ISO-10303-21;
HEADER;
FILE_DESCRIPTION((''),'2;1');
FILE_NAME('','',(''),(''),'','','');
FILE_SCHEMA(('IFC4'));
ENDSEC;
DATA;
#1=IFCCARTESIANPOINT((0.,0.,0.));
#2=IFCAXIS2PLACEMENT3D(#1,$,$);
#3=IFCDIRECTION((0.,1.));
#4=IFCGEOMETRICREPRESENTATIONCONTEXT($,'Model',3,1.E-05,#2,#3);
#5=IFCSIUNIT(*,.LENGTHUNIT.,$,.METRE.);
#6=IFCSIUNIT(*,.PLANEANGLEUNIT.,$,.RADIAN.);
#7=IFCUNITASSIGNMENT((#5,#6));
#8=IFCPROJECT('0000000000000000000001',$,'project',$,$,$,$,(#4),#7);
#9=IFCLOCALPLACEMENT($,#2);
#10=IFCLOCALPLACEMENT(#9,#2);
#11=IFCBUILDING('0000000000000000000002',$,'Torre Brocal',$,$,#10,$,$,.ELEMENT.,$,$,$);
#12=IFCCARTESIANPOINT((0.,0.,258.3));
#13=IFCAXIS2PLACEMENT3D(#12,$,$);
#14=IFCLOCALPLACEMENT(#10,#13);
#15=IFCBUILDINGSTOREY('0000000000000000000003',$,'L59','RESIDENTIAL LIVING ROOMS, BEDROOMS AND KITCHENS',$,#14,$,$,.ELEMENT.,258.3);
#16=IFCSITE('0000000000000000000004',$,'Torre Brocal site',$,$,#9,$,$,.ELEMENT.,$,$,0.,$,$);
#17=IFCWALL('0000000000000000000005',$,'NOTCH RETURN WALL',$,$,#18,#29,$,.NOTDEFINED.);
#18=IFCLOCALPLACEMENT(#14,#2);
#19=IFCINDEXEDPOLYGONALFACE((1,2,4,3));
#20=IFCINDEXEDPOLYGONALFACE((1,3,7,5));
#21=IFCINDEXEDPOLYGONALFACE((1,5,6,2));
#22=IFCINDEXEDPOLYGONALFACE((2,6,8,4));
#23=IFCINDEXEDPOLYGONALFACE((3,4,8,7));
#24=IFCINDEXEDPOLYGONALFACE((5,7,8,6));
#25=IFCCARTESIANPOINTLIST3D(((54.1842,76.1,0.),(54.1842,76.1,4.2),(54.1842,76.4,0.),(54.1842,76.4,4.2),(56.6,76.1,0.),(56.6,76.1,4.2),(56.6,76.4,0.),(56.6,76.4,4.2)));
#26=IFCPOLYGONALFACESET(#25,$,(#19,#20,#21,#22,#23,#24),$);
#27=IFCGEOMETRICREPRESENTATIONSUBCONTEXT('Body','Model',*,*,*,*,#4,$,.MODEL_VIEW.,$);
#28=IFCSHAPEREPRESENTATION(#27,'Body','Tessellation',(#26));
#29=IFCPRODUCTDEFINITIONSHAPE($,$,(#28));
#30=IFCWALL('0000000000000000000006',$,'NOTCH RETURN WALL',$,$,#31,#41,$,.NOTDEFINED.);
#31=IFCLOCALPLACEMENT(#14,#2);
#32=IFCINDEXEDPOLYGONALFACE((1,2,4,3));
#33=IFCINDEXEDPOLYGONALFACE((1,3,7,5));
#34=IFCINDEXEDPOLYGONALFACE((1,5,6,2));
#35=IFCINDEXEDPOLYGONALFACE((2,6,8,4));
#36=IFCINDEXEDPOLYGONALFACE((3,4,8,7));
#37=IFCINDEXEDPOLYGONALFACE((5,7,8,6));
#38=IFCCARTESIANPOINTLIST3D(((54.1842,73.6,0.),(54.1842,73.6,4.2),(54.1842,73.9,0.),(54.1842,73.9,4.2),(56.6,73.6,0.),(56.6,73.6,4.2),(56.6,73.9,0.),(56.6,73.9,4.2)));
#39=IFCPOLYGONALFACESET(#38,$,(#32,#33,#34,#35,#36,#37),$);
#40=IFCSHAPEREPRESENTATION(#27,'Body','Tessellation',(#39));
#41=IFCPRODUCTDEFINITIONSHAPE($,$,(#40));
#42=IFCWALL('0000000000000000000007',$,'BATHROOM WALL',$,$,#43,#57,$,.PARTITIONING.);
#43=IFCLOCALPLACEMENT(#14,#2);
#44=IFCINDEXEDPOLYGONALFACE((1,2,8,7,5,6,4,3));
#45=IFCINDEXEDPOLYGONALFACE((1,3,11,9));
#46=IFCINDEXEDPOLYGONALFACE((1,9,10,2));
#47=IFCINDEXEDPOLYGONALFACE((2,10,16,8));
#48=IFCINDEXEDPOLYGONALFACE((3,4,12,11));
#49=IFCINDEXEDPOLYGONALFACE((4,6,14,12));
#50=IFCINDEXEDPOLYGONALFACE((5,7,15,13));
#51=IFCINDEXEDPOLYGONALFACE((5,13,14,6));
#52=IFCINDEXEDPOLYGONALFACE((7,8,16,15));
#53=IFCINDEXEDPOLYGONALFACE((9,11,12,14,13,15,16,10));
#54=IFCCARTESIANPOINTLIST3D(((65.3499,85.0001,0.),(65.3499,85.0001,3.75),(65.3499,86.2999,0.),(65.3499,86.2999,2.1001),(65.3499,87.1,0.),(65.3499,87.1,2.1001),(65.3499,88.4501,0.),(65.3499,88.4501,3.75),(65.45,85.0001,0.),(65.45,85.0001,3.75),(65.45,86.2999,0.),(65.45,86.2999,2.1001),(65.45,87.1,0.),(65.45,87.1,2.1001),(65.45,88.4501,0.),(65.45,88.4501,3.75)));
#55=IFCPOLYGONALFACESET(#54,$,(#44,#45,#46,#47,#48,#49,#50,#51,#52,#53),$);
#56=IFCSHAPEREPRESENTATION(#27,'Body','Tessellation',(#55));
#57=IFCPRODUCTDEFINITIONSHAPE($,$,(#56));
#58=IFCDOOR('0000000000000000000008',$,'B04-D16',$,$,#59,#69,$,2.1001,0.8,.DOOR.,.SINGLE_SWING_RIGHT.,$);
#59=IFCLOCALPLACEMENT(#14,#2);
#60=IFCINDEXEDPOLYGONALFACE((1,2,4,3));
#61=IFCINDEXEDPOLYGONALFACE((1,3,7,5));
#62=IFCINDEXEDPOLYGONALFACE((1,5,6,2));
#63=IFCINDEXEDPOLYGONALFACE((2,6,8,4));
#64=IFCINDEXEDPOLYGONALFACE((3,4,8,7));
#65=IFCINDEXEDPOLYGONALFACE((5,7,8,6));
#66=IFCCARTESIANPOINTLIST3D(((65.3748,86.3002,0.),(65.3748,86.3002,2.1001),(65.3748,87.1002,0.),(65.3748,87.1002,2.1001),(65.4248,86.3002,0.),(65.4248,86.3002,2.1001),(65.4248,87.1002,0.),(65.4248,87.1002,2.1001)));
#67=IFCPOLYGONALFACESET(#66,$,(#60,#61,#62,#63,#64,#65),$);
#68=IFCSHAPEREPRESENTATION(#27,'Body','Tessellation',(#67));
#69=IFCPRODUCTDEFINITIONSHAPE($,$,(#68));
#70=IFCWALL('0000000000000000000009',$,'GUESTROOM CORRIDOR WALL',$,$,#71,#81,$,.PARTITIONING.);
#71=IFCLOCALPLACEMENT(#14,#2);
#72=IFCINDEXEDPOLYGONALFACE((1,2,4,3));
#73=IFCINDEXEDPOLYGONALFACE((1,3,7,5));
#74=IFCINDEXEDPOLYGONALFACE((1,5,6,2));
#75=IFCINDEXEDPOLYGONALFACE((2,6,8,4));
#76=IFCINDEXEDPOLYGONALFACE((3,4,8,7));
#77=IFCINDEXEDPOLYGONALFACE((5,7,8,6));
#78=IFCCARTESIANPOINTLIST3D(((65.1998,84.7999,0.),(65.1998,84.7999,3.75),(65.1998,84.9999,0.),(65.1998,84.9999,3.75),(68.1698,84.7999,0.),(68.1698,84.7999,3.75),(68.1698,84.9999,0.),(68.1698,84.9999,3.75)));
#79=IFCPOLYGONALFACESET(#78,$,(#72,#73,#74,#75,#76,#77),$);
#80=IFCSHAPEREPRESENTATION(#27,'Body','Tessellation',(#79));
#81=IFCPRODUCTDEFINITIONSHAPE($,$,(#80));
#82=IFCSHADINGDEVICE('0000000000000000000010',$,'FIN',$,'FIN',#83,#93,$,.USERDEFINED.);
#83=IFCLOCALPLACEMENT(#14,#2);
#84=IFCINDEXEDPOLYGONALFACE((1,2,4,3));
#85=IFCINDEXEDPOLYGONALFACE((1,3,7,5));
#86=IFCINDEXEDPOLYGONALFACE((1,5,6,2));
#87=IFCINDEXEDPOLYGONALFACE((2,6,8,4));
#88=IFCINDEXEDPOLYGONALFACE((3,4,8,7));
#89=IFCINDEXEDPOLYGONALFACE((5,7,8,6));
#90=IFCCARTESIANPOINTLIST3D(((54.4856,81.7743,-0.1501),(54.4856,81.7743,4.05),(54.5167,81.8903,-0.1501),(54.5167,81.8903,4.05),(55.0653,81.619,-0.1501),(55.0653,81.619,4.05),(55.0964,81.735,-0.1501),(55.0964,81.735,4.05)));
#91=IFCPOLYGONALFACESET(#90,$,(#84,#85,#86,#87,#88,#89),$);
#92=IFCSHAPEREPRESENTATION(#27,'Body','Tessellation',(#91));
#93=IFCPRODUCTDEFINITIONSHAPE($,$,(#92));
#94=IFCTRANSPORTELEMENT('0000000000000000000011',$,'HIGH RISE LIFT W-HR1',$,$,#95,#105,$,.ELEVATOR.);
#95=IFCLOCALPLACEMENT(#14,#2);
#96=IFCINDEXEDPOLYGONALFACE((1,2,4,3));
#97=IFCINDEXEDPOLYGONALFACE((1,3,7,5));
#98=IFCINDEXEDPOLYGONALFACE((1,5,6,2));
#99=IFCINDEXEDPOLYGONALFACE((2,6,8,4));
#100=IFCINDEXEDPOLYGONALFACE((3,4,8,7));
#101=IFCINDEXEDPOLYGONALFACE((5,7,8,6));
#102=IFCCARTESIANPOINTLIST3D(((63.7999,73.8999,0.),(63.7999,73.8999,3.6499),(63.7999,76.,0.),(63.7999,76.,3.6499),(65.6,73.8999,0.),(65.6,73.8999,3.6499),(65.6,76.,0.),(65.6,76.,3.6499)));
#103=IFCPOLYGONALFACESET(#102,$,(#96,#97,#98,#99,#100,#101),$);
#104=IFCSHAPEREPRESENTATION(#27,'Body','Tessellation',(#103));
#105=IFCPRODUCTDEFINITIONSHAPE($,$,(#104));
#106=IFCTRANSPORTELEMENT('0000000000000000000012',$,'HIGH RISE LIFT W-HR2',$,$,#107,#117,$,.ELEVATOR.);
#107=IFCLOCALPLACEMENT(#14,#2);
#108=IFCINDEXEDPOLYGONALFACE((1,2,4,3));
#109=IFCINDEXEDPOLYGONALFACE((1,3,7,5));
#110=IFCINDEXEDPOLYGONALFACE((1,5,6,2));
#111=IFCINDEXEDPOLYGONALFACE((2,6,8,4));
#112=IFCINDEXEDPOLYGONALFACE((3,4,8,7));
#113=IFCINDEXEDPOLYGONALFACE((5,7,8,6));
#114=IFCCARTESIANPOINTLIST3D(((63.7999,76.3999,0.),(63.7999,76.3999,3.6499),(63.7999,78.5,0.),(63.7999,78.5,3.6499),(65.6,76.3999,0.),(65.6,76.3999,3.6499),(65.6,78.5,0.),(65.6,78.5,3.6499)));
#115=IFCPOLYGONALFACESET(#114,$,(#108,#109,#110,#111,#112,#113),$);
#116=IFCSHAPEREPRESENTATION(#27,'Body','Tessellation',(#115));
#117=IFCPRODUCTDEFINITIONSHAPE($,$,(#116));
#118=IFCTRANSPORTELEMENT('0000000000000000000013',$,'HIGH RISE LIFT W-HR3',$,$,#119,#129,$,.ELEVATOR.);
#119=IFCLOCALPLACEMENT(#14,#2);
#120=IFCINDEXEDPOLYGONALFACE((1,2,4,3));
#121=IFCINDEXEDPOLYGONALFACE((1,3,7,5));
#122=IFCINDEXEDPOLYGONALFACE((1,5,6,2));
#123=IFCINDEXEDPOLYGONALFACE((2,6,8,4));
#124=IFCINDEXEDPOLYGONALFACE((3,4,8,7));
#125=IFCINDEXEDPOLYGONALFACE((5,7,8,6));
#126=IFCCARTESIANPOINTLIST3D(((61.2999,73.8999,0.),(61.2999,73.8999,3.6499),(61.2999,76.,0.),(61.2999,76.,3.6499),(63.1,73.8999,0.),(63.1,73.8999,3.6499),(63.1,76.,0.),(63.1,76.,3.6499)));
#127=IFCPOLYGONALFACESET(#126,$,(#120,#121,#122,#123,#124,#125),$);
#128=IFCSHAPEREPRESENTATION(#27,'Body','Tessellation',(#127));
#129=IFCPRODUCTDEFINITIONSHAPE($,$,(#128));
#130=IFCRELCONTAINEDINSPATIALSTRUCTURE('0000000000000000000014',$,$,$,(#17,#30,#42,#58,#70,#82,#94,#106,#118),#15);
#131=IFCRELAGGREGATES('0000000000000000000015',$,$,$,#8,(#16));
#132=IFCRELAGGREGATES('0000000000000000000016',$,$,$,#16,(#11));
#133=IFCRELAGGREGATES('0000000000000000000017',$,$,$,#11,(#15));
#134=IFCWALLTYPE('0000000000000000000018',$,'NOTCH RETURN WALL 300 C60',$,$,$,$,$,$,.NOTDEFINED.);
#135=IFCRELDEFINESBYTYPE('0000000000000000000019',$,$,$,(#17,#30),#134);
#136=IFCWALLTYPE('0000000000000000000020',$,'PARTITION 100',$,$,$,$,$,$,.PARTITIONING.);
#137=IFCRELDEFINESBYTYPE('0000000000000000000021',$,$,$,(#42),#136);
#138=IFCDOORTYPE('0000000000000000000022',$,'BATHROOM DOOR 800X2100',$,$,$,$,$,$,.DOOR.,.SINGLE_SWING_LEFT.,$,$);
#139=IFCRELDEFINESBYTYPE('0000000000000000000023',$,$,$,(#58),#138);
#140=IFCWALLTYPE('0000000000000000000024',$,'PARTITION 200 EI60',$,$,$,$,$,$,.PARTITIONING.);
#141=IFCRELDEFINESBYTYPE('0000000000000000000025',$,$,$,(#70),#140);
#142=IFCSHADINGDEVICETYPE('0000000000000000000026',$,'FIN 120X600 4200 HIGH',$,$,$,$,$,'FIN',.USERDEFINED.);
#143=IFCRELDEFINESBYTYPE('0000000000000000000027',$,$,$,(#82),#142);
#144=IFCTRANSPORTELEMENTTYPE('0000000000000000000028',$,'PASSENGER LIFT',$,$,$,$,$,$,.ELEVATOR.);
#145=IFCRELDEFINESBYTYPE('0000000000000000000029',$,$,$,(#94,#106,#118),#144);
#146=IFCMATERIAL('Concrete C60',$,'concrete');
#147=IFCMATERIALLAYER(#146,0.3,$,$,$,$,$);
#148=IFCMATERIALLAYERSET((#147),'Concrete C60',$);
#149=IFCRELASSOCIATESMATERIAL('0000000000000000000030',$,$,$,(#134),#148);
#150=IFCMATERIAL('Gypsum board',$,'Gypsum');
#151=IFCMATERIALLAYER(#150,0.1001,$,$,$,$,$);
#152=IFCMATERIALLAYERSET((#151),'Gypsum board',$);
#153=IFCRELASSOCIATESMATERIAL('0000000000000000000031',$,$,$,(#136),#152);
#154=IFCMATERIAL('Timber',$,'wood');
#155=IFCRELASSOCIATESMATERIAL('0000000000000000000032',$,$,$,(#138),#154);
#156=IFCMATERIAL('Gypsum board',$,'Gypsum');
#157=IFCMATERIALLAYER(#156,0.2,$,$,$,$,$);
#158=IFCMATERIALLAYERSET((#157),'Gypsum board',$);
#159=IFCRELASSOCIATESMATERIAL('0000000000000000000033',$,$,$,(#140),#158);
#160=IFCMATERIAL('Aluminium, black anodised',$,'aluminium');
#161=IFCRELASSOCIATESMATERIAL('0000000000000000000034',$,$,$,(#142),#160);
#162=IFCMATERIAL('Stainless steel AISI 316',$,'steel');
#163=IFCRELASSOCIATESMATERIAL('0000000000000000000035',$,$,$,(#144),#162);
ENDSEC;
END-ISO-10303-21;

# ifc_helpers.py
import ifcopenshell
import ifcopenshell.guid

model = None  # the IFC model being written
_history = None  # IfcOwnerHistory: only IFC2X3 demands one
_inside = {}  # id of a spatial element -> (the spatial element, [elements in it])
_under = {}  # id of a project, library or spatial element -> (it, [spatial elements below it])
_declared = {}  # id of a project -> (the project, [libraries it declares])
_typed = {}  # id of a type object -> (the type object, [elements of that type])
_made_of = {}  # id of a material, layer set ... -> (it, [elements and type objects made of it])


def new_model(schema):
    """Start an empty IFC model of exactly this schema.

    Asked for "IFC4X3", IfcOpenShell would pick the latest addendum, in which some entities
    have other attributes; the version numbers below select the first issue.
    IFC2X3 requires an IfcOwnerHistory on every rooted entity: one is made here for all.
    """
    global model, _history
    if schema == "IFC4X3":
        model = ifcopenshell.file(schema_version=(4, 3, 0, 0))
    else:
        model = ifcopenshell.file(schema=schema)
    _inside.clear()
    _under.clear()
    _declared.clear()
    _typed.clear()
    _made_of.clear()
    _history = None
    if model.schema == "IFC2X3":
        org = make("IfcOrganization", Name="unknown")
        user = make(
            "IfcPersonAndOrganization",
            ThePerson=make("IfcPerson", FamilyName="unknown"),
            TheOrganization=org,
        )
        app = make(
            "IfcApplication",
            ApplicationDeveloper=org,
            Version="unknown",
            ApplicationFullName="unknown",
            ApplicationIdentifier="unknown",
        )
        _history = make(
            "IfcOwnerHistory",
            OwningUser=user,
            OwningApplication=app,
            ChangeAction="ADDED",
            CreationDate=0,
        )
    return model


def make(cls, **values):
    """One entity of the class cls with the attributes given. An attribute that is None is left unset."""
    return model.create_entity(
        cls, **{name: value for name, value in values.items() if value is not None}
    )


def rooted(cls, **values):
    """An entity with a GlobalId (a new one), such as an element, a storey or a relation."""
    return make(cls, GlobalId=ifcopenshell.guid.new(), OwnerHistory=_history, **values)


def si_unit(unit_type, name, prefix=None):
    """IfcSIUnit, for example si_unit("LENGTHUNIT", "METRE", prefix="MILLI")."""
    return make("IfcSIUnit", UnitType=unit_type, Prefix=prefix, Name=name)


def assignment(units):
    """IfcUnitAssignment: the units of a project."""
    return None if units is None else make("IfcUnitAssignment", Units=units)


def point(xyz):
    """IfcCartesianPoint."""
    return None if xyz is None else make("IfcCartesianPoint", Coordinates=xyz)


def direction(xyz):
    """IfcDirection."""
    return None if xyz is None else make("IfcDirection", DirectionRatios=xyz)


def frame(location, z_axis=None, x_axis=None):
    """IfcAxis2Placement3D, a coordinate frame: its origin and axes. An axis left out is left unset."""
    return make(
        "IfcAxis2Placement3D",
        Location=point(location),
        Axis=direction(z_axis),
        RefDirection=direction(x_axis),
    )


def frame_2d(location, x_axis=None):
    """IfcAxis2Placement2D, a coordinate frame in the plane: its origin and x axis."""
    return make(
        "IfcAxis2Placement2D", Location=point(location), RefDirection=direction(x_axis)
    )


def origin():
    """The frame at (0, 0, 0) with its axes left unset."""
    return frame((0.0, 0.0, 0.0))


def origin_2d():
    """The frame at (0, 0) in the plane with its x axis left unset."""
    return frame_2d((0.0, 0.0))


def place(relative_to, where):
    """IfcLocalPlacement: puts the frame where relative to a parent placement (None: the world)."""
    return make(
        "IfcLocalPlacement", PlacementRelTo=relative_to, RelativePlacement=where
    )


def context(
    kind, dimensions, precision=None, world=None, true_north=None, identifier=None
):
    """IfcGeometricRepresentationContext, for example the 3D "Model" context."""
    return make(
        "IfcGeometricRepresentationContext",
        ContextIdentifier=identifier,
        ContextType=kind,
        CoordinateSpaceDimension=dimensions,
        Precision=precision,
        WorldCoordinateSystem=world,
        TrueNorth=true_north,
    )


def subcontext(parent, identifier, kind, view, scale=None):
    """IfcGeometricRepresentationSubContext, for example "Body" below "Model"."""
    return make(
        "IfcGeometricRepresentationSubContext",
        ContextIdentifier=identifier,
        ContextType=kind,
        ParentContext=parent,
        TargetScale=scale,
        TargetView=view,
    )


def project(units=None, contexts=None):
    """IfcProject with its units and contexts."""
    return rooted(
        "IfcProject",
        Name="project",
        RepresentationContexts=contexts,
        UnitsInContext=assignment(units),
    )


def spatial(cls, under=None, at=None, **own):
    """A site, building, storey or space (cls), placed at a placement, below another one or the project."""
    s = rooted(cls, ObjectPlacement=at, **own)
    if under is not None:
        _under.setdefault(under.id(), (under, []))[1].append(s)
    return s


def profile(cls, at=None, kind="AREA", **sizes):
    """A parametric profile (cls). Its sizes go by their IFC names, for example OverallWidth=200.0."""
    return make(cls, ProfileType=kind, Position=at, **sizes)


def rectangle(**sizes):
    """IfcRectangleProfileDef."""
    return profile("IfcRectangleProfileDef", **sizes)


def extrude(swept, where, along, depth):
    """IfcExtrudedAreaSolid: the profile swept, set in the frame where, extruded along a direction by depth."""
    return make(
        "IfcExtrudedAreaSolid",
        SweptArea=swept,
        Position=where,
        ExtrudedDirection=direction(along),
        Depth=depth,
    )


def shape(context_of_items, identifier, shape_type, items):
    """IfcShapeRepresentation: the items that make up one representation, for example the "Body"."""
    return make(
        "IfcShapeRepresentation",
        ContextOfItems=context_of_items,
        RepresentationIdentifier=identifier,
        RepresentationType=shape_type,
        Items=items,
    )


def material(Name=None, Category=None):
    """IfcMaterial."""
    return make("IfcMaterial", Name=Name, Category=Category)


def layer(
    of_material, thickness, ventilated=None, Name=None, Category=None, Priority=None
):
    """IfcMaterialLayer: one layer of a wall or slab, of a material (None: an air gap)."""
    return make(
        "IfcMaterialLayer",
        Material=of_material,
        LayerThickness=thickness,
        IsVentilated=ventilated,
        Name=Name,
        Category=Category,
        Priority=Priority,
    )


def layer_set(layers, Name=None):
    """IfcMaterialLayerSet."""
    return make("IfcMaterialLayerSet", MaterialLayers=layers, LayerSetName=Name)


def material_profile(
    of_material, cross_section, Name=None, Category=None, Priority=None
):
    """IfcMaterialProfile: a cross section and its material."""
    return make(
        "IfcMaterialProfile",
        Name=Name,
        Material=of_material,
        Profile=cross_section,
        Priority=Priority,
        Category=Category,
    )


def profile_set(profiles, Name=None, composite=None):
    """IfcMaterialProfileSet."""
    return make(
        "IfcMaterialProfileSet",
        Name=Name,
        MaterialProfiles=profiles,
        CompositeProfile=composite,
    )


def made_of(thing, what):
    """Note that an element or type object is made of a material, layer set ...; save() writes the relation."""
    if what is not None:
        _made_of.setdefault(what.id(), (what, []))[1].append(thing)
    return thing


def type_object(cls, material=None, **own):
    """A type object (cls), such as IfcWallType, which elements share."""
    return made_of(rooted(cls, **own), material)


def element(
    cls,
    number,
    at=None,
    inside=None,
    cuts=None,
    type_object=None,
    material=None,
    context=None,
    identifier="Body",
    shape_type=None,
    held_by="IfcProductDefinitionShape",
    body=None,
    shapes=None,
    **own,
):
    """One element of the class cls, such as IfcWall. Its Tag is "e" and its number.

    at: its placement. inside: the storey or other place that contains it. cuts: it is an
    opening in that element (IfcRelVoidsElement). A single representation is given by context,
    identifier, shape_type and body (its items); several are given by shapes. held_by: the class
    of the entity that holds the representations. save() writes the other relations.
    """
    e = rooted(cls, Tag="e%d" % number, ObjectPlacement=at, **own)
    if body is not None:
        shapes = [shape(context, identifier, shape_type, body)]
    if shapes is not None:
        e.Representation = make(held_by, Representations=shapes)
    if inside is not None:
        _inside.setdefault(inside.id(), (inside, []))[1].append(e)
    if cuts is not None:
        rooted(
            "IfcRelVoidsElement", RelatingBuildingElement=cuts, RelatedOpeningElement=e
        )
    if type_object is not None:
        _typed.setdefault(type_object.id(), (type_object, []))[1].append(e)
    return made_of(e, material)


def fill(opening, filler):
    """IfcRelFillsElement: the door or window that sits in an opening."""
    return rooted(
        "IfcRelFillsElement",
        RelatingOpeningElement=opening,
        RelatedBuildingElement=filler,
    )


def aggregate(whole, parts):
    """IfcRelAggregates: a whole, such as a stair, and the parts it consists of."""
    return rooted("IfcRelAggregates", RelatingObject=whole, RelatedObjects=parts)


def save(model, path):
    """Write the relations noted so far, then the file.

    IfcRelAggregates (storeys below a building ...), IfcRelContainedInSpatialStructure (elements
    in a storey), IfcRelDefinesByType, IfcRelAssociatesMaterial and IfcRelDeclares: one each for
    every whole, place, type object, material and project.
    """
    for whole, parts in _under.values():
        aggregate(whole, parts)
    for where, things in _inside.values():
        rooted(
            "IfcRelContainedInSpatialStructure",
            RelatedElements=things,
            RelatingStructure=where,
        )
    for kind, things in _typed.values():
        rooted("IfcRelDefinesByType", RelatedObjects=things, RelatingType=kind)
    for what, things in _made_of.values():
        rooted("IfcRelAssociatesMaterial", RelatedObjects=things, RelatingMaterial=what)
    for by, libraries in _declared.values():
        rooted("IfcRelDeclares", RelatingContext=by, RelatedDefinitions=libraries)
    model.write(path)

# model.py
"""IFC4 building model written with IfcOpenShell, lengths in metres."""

from ifc_helpers import new_model, si_unit, direction, frame, frame_2d, origin, origin_2d, place, context, subcontext, project, spatial, rectangle, extrude, material, layer, layer_set, material_profile, profile_set, type_object, element, fill, save


model = new_model("IFC4")

# Units and contexts
model_context = context("Model", 3, precision=1e-05, world=origin(), true_north=direction((0.0, 1.0)))
body_context = subcontext(model_context, "Body", "Model", "MODEL_VIEW")
ifc_project = project(units=[si_unit("LENGTHUNIT", "METRE"), si_unit("PLANEANGLEUNIT", "RADIAN")], contexts=[model_context])

# Site, building, storey
site_placement = place(None, origin())
site = spatial("IfcSite", under=ifc_project, at=site_placement, Name="Torre Brocal site", CompositionType="ELEMENT", RefElevation=0.0)
building_placement = place(site_placement, origin())
building = spatial("IfcBuilding", under=site, at=building_placement, Name="Torre Brocal", CompositionType="ELEMENT")
storey_placement = place(building_placement, frame((0.0, 0.0, 258.3)))
storey = spatial("IfcBuildingStorey", under=building, at=storey_placement, Name="L59", Description="RESIDENTIAL LIVING ROOMS, BEDROOMS AND KITCHENS", CompositionType="ELEMENT", Elevation=258.3)

# Walls
ifc_material_1 = material(Name="Concrete C60", Category="concrete")
ifc_layer_1 = layer(ifc_material_1, 0.3)
ifc_layer_set_1 = layer_set([ifc_layer_1], Name="Concrete C60")
wall_type_1 = type_object("IfcWallType", Name="NOTCH RETURN WALL 300 C60", PredefinedType="NOTDEFINED", material=ifc_layer_set_1)
for number, where, z_axis, x_axis, name in (
    (1, (56.6001, 76.25, 0.0), (0.0, 0.0, 1.0), (-1.0, 0.0, 0.0), "NOTCH RETURN WALL"),
    (2, (56.6001, 73.75, 0.0), (0.0, 0.0, 1.0), (-1.0, 0.0, 0.0), "NOTCH RETURN WALL"),
):
    element("IfcWall", number, at=place(storey_placement, frame(where, z_axis=z_axis, x_axis=x_axis)), inside=storey, type_object=wall_type_1, Name=name, PredefinedType="NOTDEFINED", context=body_context, shape_type="SweptSolid", body=[
        extrude(rectangle(XDim=2.4158, YDim=0.3, at=frame_2d((1.208, 0.0))), origin(), (0.0, 0.0, 1.0), 4.2),
    ])

# Wall, opening, door
ifc_material_2 = material(Name="Gypsum board", Category="Gypsum")
ifc_layer_2 = layer(ifc_material_2, 0.1001)
ifc_layer_set_2 = layer_set([ifc_layer_2], Name="Gypsum board")
wall_type_2 = type_object("IfcWallType", Name="PARTITION 100", PredefinedType="PARTITIONING", material=ifc_layer_set_2)
wall_1_placement = place(storey_placement, frame((65.3999, 85.0, 0.0), z_axis=(0.0, 0.0, 1.0), x_axis=(0.0, 1.0, 0.0)))
wall_1 = element("IfcWall", 3, at=wall_1_placement, inside=storey, type_object=wall_type_2, Name="BATHROOM WALL", PredefinedType="PARTITIONING", context=body_context, shape_type="SweptSolid", body=[
    extrude(rectangle(XDim=3.45, YDim=0.1001, at=frame_2d((1.7251, 0.0))), origin(), (0.0, 0.0, 1.0), 3.75),
])
opening_placement = place(wall_1_placement, frame((1.3, 0.0, 0.0)))
opening = element("IfcOpeningElement", 4, at=opening_placement, cuts=wall_1, PredefinedType="OPENING", context=body_context, shape_type="SweptSolid", body=[
    extrude(rectangle(XDim=0.8, YDim=2.1001, at=frame_2d((0.3999, 1.05))), frame((0.0, 0.0601, 0.0), z_axis=(0.0, -1.0, 0.0), x_axis=(1.0, 0.0, 0.0)), (0.0, 0.0, 1.0), 0.1201),
])
ifc_material_3 = material(Name="Timber", Category="wood")
door_type = type_object("IfcDoorType", Name="BATHROOM DOOR 800X2100", OperationType="SINGLE_SWING_LEFT", PredefinedType="DOOR", material=ifc_material_3)
door_placement = place(opening_placement, frame((0.8, 0.0, 0.0), z_axis=(0.0, 0.0, 1.0), x_axis=(-1.0, 0.0, 0.0)))
door = element("IfcDoor", 5, at=door_placement, inside=storey, type_object=door_type, Name="B04-D16", OperationType="SINGLE_SWING_RIGHT", OverallHeight=2.1001, OverallWidth=0.8, PredefinedType="DOOR", context=body_context, shape_type="SweptSolid", body=[
    extrude(rectangle(XDim=0.8, YDim=2.1001, at=frame_2d((0.3999, 1.05))), frame((0.0, 0.0249, 0.0), z_axis=(0.0, -1.0, 0.0), x_axis=(1.0, 0.0, 0.0)), (0.0, 0.0, 1.0), 0.05),
])
fill(opening, door)

# Wall
ifc_material_4 = material(Name="Gypsum board", Category="Gypsum")
ifc_layer_3 = layer(ifc_material_4, 0.2)
ifc_layer_set_3 = layer_set([ifc_layer_3], Name="Gypsum board")
wall_type_3 = type_object("IfcWallType", Name="PARTITION 200 EI60", PredefinedType="PARTITIONING", material=ifc_layer_set_3)
wall_2_placement = place(storey_placement, frame((65.2, 84.8999, 0.0), z_axis=(0.0, 0.0, 1.0), x_axis=(1.0, 0.0, 0.0)))
element("IfcWall", 6, at=wall_2_placement, inside=storey, type_object=wall_type_3, Name="GUESTROOM CORRIDOR WALL", PredefinedType="PARTITIONING", context=body_context, shape_type="SweptSolid", body=[
    extrude(rectangle(XDim=2.97, YDim=0.2, at=frame_2d((1.4849, 0.0))), origin(), (0.0, 0.0, 1.0), 3.75),
])

# Shading device
ifc_material_5 = material(Name="Aluminium, black anodised", Category="aluminium")
ifc_material_profile_1 = material_profile(ifc_material_5, rectangle(XDim=0.1201, YDim=0.6001, at=origin_2d()), Name="FIN 120X600 4200 HIGH")
ifc_profile_set_1 = profile_set([ifc_material_profile_1], Name="Aluminium, black anodised")
shading_device_type = type_object("IfcShadingDeviceType", Name="FIN 120X600 4200 HIGH", ElementType="FIN", PredefinedType="USERDEFINED", material=ifc_profile_set_1)
shading_device_placement = place(storey_placement, frame((54.791, 81.7546, -0.1501), z_axis=(0.0, 0.0, 1.0), x_axis=(-0.258819, -0.965926, 0.0)))
element("IfcShadingDevice", 7, at=shading_device_placement, inside=storey, type_object=shading_device_type, Name="FIN", ObjectType="FIN", PredefinedType="USERDEFINED", context=body_context, shape_type="SweptSolid", body=[
    extrude(rectangle(XDim=0.1201, YDim=0.6001, at=origin_2d()), origin(), (0.0, 0.0, 1.0), 4.2002),
])

# Transport elements
ifc_material_6 = material(Name="Stainless steel AISI 316", Category="steel")
transport_element_type = type_object("IfcTransportElementType", Name="PASSENGER LIFT", PredefinedType="ELEVATOR", material=ifc_material_6)
for number, where, z_axis, x_axis, name in (
    (8, (64.7, 74.95, 0.0), (0.0, 0.0, 1.0), (1.0, 0.0, 0.0), "HIGH RISE LIFT W-HR1"),
    (9, (64.7, 77.45, 0.0), (0.0, 0.0, 1.0), (1.0, 0.0, 0.0), "HIGH RISE LIFT W-HR2"),
    (10, (62.2, 74.95, 0.0), (0.0, 0.0, 1.0), (1.0, 0.0, 0.0), "HIGH RISE LIFT W-HR3"),
):
    element("IfcTransportElement", number, at=place(storey_placement, frame(where, z_axis=z_axis, x_axis=x_axis)), inside=storey, type_object=transport_element_type, Name=name, PredefinedType="ELEVATOR", context=body_context, shape_type="SweptSolid", body=[
        extrude(rectangle(XDim=1.8, YDim=2.1001, at=origin_2d()), origin(), (0.0, 0.0, 1.0), 3.6499),
    ])

save(model, "model.ifc")
